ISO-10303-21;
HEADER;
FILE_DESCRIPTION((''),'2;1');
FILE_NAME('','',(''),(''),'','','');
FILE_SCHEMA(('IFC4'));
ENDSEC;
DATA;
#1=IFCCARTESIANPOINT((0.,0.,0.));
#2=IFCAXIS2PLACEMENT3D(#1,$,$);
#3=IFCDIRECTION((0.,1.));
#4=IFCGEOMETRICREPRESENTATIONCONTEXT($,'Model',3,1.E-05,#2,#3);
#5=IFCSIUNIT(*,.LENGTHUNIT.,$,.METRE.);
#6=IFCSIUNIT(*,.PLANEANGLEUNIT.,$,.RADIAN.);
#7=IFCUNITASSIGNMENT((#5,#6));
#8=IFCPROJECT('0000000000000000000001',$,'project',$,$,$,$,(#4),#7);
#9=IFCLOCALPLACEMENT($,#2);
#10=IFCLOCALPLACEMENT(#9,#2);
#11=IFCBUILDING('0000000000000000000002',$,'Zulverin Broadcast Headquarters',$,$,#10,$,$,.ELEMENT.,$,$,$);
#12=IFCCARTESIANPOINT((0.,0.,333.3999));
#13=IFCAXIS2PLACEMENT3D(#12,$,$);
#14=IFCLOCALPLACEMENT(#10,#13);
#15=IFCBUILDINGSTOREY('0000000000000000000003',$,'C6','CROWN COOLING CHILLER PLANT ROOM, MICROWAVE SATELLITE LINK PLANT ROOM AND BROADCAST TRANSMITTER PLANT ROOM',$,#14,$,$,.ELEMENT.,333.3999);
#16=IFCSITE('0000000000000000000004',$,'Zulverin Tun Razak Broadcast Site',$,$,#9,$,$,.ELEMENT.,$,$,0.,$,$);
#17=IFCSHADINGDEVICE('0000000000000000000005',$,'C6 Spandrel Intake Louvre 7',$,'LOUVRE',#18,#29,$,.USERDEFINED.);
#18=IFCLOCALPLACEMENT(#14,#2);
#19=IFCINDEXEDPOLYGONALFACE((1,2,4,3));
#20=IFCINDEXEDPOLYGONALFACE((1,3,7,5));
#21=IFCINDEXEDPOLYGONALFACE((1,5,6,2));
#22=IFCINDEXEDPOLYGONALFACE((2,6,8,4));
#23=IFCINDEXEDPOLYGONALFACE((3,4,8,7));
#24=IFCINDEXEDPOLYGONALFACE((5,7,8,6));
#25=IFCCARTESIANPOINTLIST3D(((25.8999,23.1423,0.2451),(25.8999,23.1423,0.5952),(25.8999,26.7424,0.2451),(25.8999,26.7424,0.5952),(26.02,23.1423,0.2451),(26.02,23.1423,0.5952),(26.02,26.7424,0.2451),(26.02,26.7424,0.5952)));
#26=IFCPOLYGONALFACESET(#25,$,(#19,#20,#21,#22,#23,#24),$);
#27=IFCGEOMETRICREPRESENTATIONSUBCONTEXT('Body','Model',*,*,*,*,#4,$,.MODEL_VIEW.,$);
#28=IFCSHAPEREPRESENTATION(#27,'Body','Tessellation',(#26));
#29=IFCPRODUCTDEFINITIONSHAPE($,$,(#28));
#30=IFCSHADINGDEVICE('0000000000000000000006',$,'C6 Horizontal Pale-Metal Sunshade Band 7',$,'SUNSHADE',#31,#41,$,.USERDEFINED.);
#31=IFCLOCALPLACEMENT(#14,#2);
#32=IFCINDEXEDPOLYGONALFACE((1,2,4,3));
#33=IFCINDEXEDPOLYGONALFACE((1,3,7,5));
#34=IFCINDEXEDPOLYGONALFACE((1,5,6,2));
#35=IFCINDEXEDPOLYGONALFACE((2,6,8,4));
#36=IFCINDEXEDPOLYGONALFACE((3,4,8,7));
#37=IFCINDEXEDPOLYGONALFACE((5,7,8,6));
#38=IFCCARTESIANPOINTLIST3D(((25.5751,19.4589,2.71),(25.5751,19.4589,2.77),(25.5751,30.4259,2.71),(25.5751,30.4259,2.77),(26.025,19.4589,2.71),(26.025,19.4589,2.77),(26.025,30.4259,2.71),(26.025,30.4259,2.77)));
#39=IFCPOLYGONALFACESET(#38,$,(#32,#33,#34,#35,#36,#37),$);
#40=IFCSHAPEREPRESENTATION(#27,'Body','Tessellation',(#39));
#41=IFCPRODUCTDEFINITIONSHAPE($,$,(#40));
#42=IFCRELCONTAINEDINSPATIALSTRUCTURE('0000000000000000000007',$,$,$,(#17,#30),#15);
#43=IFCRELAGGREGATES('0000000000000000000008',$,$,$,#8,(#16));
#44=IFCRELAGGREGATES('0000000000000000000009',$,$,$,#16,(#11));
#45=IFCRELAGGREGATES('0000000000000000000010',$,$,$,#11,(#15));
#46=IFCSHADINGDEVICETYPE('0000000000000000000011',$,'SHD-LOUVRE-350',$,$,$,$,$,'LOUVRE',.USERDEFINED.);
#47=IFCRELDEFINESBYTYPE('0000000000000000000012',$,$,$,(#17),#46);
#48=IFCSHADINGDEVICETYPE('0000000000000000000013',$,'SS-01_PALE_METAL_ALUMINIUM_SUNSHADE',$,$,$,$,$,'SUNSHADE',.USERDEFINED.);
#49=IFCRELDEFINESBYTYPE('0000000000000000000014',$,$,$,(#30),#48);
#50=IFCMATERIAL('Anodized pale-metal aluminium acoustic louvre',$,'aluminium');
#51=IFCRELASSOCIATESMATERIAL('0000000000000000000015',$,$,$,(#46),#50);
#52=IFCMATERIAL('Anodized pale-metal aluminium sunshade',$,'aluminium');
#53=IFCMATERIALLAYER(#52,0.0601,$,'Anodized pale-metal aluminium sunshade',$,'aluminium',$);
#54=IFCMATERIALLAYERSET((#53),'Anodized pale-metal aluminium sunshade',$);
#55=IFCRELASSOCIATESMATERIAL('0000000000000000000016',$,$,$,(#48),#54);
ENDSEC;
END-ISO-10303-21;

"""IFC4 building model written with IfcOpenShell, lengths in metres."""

from ifc_helpers import new_model, si_unit, direction, frame, origin, origin_2d, place, context, subcontext, project, spatial, rectangle, extrude, material, layer, layer_set, type_object, element, save


model = new_model("IFC4")

# Units and contexts
model_context = context("Model", 3, precision=1e-05, world=origin(), true_north=direction((0.0, 1.0)))
body_context = subcontext(model_context, "Body", "Model", "MODEL_VIEW")
ifc_project = project(units=[si_unit("LENGTHUNIT", "METRE"), si_unit("PLANEANGLEUNIT", "RADIAN")], contexts=[model_context])

# Site, building, storey
site_placement = place(None, origin())
site = spatial("IfcSite", under=ifc_project, at=site_placement, Name="Zulverin Tun Razak Broadcast Site", CompositionType="ELEMENT", RefElevation=0.0)
building_placement = place(site_placement, origin())
building = spatial("IfcBuilding", under=site, at=building_placement, Name="Zulverin Broadcast Headquarters", CompositionType="ELEMENT")
storey_placement = place(building_placement, frame((0.0, 0.0, 333.3999)))
storey = spatial("IfcBuildingStorey", under=building, at=storey_placement, Name="C6", Description="CROWN COOLING CHILLER PLANT ROOM, MICROWAVE SATELLITE LINK PLANT ROOM AND BROADCAST TRANSMITTER PLANT ROOM", CompositionType="ELEMENT", Elevation=333.3999)

# Shading devices
ifc_material_1 = material(Name="Anodized pale-metal aluminium acoustic louvre", Category="aluminium")
shading_device_type_1 = type_object("IfcShadingDeviceType", Name="SHD-LOUVRE-350", ElementType="LOUVRE", PredefinedType="USERDEFINED", material=ifc_material_1)
shading_device_1_placement = place(storey_placement, frame((25.96, 24.9424, 0.2451), z_axis=(0.0, 0.0, 1.0), x_axis=(0.0, -1.0, 0.0)))
element("IfcShadingDevice", 1, at=shading_device_1_placement, inside=storey, type_object=shading_device_type_1, Name="C6 Spandrel Intake Louvre 7", ObjectType="LOUVRE", PredefinedType="USERDEFINED", context=body_context, shape_type="SweptSolid", body=[
    extrude(rectangle(XDim=3.6001, YDim=0.1201, at=origin_2d()), origin(), (0.0, 0.0, 1.0), 0.3501),
])
ifc_material_2 = material(Name="Anodized pale-metal aluminium sunshade", Category="aluminium")
ifc_layer_1 = layer(ifc_material_2, 0.0601, Name="Anodized pale-metal aluminium sunshade", Category="aluminium")
ifc_layer_set_1 = layer_set([ifc_layer_1], Name="Anodized pale-metal aluminium sunshade")
shading_device_type_2 = type_object("IfcShadingDeviceType", Name="SS-01_PALE_METAL_ALUMINIUM_SUNSHADE", ElementType="SUNSHADE", PredefinedType="USERDEFINED", material=ifc_layer_set_1)
shading_device_2_placement = place(storey_placement, frame((25.8, 24.9424, 2.71), z_axis=(0.0, 0.0, 1.0), x_axis=(0.0, -1.0, 0.0)))
element("IfcShadingDevice", 2, at=shading_device_2_placement, inside=storey, type_object=shading_device_type_2, Name="C6 Horizontal Pale-Metal Sunshade Band 7", ObjectType="SUNSHADE", PredefinedType="USERDEFINED", context=body_context, shape_type="SweptSolid", body=[
    extrude(rectangle(XDim=10.967, YDim=0.45, at=origin_2d()), origin(), (0.0, 0.0, 1.0), 0.0601),
])

save(model, "model.ifc")
